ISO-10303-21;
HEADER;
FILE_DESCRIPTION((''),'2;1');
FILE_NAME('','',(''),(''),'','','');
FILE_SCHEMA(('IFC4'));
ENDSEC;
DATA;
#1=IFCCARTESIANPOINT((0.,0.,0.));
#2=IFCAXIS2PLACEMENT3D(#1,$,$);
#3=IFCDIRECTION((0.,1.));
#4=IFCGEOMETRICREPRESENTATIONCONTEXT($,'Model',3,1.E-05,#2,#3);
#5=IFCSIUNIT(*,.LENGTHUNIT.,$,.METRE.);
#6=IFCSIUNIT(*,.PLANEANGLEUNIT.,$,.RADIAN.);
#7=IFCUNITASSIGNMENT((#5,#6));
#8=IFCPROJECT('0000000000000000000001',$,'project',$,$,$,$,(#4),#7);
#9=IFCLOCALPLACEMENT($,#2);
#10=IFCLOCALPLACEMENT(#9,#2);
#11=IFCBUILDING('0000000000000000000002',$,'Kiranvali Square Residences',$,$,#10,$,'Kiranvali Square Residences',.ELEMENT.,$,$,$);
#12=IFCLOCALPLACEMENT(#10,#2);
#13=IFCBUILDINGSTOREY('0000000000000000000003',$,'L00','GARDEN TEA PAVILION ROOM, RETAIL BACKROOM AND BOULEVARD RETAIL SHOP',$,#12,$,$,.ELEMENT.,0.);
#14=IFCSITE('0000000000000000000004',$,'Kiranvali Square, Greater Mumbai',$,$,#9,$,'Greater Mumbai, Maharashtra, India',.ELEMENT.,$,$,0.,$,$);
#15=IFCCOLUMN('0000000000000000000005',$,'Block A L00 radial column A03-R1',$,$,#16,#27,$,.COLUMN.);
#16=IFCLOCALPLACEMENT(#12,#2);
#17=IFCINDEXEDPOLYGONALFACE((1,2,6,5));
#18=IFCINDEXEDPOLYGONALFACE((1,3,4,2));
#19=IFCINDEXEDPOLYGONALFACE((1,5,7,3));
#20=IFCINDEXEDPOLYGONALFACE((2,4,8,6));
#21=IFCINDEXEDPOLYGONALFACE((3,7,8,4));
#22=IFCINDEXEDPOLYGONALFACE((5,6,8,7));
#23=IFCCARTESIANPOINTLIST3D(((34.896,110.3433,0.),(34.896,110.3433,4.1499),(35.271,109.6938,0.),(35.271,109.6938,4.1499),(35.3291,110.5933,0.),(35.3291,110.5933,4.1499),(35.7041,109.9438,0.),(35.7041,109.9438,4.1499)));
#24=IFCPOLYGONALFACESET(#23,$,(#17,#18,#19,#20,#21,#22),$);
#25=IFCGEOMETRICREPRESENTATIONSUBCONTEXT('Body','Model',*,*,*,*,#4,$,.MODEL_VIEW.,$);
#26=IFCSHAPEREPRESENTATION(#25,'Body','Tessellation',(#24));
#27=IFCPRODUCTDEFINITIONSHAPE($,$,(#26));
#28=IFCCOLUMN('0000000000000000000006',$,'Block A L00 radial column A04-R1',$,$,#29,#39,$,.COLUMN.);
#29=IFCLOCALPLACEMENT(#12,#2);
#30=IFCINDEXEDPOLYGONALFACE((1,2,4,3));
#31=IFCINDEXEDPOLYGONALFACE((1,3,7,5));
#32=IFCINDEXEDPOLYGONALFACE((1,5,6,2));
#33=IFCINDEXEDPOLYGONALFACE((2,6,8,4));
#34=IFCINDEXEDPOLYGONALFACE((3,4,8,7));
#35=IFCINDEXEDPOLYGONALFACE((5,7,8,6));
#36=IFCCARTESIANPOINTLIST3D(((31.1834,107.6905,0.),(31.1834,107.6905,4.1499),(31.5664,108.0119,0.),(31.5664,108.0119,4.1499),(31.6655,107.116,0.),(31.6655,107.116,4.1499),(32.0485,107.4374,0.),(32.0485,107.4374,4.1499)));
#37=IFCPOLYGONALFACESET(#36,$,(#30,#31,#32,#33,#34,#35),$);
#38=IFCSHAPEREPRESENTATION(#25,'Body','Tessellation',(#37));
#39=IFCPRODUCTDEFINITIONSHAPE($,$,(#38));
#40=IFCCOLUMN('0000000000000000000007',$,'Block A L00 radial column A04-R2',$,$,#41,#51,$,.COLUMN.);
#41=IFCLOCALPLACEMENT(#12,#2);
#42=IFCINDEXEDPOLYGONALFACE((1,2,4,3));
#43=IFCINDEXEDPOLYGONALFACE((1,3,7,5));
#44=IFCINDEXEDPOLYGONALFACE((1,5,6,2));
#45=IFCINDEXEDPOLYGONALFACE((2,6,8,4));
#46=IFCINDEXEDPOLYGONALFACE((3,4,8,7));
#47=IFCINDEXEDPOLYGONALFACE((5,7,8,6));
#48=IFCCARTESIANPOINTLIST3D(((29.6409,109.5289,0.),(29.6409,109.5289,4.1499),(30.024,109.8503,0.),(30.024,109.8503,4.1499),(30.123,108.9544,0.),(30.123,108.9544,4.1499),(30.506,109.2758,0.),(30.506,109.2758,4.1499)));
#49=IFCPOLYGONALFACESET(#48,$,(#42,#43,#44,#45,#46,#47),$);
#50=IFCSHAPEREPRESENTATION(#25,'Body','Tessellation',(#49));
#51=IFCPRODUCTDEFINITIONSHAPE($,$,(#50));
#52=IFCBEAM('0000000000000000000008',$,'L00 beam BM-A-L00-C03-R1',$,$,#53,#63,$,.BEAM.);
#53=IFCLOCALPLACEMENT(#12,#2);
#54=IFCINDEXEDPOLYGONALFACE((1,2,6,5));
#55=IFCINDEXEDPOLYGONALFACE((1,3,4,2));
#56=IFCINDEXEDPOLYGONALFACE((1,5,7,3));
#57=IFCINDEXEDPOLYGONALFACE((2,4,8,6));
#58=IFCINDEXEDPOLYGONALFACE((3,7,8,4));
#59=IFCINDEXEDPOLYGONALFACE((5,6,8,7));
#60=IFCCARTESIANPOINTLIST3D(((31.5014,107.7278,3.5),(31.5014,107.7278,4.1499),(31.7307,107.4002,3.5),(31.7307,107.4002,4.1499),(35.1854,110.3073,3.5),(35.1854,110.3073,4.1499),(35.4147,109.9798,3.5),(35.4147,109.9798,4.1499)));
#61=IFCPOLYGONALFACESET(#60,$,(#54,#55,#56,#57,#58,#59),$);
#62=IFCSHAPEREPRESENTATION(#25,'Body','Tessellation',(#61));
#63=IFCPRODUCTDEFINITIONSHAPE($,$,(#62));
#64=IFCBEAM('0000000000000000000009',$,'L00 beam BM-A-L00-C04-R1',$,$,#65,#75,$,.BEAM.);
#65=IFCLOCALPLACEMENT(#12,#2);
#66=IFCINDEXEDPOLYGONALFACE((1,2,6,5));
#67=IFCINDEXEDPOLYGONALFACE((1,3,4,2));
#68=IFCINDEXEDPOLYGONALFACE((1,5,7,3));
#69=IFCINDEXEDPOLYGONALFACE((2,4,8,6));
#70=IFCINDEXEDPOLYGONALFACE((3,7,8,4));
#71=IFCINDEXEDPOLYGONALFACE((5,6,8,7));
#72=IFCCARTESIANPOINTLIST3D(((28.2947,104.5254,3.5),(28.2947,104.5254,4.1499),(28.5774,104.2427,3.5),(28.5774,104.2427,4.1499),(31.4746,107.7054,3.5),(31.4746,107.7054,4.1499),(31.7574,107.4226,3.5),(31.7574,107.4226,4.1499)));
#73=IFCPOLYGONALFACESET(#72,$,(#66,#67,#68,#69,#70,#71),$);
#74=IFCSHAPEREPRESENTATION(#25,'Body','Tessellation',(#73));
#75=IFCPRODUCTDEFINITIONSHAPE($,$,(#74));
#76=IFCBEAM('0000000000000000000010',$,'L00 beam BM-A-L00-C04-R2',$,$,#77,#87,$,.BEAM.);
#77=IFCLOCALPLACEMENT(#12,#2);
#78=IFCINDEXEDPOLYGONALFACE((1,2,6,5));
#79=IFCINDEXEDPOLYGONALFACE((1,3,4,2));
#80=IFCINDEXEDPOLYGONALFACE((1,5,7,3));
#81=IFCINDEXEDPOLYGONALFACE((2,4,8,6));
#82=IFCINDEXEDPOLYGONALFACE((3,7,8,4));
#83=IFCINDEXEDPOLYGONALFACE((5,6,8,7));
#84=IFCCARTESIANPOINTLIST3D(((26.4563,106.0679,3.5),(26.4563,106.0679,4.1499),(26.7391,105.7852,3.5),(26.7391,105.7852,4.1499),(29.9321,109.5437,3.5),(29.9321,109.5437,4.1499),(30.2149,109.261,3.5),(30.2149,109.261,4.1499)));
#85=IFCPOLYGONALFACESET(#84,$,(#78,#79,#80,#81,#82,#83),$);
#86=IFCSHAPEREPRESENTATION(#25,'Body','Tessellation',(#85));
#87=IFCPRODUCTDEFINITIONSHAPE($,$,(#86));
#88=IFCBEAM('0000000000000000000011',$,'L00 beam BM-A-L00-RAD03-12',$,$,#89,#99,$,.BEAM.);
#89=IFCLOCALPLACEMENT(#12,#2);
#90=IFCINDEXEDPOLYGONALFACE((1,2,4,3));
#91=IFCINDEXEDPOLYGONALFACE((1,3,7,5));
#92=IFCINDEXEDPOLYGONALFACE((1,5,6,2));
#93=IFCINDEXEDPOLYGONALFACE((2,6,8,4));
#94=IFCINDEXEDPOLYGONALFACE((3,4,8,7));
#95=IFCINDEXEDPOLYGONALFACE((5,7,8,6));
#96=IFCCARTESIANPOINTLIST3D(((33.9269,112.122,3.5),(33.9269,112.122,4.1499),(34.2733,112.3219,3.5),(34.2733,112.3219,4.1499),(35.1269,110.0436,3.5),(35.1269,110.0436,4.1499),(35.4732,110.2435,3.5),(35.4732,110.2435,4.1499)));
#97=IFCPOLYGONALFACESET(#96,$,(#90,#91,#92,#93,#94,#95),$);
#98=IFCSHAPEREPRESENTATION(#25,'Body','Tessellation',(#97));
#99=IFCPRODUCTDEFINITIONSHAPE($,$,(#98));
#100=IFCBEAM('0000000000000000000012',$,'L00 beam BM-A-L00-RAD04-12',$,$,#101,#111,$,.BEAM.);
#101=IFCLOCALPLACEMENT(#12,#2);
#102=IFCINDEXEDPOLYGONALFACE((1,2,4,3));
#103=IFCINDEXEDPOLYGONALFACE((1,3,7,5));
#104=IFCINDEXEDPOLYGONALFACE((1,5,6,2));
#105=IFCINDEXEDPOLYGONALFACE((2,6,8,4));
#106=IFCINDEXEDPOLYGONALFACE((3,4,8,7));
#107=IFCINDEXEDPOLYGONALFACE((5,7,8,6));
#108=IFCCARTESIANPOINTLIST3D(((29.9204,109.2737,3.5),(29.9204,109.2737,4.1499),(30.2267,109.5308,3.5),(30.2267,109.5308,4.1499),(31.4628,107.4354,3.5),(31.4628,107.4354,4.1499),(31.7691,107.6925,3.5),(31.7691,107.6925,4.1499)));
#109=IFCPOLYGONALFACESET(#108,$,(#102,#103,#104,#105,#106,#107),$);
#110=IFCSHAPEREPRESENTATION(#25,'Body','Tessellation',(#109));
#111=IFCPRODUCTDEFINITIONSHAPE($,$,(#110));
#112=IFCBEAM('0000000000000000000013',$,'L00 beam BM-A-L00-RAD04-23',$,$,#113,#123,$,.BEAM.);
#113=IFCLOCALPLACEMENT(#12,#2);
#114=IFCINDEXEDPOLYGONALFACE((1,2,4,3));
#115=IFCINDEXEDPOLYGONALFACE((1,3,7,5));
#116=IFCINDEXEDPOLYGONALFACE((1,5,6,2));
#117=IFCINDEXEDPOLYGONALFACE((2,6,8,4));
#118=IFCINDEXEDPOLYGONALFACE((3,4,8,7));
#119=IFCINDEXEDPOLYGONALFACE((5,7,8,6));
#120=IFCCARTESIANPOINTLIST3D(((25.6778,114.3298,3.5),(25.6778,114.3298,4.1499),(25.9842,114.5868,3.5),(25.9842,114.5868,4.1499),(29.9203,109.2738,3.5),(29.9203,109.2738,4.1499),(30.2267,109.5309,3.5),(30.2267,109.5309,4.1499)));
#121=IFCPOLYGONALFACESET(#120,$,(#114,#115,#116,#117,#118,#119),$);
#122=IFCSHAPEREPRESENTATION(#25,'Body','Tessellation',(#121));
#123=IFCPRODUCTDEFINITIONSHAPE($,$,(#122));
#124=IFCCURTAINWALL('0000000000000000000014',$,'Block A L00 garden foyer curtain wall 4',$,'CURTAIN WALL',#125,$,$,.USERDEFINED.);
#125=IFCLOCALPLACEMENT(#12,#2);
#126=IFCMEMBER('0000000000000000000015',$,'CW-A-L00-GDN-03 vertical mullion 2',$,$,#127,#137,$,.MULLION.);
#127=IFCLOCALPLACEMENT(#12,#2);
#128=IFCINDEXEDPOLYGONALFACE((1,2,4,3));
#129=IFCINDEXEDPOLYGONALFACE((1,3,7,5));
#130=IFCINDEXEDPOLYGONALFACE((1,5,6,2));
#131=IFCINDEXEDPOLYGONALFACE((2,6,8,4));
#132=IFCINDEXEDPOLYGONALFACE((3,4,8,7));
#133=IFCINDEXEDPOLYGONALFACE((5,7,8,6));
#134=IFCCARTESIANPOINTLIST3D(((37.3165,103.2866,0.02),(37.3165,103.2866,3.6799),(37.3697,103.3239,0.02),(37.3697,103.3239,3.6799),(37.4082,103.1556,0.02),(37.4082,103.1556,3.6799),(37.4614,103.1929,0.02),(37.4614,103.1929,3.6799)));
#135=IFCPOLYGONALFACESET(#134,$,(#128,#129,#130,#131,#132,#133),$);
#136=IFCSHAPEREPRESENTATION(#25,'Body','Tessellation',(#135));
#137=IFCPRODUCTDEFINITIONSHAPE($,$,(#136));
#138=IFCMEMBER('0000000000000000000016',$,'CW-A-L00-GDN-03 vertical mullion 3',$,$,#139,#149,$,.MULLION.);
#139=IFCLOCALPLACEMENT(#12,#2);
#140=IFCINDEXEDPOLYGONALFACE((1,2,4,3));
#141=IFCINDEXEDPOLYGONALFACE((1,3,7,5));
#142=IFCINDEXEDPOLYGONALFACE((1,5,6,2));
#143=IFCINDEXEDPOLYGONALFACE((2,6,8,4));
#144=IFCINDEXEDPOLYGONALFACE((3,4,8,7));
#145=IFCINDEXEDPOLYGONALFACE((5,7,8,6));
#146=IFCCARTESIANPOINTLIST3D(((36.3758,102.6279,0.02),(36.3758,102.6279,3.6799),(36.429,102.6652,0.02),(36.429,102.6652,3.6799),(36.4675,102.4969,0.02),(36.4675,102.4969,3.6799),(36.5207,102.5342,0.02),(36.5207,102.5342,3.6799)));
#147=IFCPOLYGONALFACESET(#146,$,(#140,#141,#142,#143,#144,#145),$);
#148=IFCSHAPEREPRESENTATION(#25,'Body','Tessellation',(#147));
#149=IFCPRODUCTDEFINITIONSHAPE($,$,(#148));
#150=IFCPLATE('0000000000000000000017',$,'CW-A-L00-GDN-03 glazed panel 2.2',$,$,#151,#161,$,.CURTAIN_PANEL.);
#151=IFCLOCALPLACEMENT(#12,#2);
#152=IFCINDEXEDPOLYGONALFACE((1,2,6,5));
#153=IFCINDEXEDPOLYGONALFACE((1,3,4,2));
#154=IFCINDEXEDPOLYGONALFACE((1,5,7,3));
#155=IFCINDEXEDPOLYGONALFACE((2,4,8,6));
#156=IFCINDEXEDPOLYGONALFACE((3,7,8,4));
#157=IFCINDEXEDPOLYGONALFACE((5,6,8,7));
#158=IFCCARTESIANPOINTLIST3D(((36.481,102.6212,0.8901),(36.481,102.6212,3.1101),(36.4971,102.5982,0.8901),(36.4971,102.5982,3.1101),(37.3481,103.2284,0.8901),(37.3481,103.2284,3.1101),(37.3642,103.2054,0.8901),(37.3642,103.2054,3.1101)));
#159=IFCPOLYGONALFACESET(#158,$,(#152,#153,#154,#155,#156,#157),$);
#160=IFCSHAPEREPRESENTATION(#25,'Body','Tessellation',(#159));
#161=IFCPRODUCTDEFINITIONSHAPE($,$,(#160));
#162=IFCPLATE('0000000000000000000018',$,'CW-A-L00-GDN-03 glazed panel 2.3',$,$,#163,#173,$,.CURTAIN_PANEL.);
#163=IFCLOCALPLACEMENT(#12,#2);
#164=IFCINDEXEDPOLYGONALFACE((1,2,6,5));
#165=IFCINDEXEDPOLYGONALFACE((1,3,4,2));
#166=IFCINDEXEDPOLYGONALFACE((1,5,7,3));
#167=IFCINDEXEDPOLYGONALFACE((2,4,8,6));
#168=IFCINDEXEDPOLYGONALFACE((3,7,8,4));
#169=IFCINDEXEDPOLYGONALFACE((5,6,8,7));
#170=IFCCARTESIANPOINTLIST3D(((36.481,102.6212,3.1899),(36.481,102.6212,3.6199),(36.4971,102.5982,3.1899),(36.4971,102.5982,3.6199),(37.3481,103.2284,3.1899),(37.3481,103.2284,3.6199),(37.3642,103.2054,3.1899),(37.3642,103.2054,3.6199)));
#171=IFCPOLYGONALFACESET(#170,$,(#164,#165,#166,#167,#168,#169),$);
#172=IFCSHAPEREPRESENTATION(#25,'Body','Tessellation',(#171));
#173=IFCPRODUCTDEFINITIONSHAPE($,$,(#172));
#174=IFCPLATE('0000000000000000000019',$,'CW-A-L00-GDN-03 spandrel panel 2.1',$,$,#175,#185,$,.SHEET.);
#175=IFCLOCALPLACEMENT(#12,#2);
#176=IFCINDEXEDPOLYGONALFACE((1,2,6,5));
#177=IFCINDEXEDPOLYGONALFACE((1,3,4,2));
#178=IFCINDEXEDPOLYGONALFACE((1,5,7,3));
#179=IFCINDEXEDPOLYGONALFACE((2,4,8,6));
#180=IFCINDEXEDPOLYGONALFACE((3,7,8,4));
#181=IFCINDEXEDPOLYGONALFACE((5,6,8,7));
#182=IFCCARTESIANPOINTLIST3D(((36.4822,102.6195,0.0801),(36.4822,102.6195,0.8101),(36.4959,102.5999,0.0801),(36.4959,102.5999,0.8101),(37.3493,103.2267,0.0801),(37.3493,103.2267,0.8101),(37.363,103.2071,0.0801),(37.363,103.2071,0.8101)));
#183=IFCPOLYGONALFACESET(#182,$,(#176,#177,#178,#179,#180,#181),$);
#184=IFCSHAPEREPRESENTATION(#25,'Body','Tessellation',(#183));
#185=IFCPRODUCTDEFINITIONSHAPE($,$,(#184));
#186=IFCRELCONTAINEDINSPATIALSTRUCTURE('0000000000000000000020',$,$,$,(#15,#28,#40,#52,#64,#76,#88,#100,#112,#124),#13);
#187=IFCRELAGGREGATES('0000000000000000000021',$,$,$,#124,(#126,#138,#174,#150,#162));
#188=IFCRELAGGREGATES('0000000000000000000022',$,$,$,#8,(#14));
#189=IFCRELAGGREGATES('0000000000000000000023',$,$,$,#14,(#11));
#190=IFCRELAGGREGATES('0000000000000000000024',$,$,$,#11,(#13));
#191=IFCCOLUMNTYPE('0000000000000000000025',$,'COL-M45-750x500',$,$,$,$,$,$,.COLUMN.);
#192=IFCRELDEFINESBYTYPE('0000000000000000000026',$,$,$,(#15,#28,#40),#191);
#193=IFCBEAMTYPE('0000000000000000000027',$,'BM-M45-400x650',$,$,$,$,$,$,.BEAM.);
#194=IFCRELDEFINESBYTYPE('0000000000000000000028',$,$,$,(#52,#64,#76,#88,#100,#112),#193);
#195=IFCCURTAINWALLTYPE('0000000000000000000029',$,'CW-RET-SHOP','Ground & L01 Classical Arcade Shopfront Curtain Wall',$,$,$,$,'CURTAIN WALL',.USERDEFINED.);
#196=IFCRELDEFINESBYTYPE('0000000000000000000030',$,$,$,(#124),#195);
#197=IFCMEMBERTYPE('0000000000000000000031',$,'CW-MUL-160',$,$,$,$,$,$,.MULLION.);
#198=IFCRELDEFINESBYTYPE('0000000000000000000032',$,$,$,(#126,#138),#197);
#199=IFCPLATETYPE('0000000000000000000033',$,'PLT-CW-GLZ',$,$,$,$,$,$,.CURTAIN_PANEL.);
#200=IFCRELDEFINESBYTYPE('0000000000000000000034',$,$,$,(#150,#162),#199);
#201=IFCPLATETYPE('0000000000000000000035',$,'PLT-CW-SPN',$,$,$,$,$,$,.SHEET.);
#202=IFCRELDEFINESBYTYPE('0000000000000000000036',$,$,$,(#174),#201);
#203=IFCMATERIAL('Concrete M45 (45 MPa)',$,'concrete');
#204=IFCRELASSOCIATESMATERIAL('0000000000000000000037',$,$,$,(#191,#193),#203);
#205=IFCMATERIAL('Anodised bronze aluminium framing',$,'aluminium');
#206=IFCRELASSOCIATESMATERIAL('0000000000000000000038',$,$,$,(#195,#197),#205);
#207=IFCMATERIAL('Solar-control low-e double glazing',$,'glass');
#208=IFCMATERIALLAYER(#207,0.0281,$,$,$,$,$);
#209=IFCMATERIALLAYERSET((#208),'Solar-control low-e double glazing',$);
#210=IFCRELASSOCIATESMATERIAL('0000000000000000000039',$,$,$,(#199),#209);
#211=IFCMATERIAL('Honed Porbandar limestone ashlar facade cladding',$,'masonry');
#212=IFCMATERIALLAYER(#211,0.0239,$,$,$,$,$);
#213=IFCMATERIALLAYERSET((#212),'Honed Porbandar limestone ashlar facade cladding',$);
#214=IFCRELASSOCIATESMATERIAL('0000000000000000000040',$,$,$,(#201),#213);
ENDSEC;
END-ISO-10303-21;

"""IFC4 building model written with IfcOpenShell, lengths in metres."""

from ifc_helpers import new_model, si_unit, direction, frame, origin, origin_2d, place, context, subcontext, project, spatial, rectangle, extrude, material, layer, layer_set, material_profile, profile_set, type_object, element, aggregate, save


model = new_model("IFC4")

# Units and contexts
model_context = context("Model", 3, precision=1e-05, world=origin(), true_north=direction((0.0, 1.0)))
body_context = subcontext(model_context, "Body", "Model", "MODEL_VIEW")
ifc_project = project(units=[si_unit("LENGTHUNIT", "METRE"), si_unit("PLANEANGLEUNIT", "RADIAN")], contexts=[model_context])

# Site, building, storey
site_placement = place(None, origin())
site = spatial("IfcSite", under=ifc_project, at=site_placement, Name="Kiranvali Square, Greater Mumbai", LongName="Greater Mumbai, Maharashtra, India", CompositionType="ELEMENT", RefElevation=0.0)
building_placement = place(site_placement, origin())
building = spatial("IfcBuilding", under=site, at=building_placement, Name="Kiranvali Square Residences", LongName="Kiranvali Square Residences", CompositionType="ELEMENT")
storey_placement = place(building_placement, origin())
storey = spatial("IfcBuildingStorey", under=building, at=storey_placement, Name="L00", Description="GARDEN TEA PAVILION ROOM, RETAIL BACKROOM AND BOULEVARD RETAIL SHOP", CompositionType="ELEMENT", Elevation=0.0)

# Columns
ifc_material_1 = material(Name="Concrete M45 (45 MPa)", Category="concrete")
ifc_material_profile_1 = material_profile(ifc_material_1, rectangle(XDim=0.5, YDim=0.75, at=origin_2d()), Name="RC 750x500")
ifc_profile_set_1 = profile_set([ifc_material_profile_1], Name="Concrete M45 (45 MPa)")
column_type = type_object("IfcColumnType", Name="COL-M45-750x500", PredefinedType="COLUMN", material=ifc_profile_set_1)
for number, where, z_axis, x_axis, name in (
    (1, (35.3, 110.1436, 0.0), (0.0, 0.0, 1.0), (0.866025, 0.5, 0.0), "Block A L00 radial column A03-R1"),
    (2, (31.616, 107.564, 0.0), (0.0, 0.0, 1.0), (0.766044, 0.642788, 0.0), "Block A L00 radial column A04-R1"),
    (3, (30.0735, 109.4023, 0.0), (0.0, 0.0, 1.0), (0.766044, 0.642788, 0.0), "Block A L00 radial column A04-R2"),
):
    element("IfcColumn", number, at=place(storey_placement, frame(where, z_axis=z_axis, x_axis=x_axis)), inside=storey, type_object=column_type, Name=name, PredefinedType="COLUMN", context=body_context, shape_type="SweptSolid", body=[
        extrude(rectangle(XDim=0.5, YDim=0.75, at=origin_2d()), origin(), (0.0, 0.0, 1.0), 4.1499),
    ])

# Beams
ifc_material_profile_2 = material_profile(ifc_material_1, rectangle(XDim=0.3999, YDim=0.6499, at=origin_2d()), Name="RC 400x650")
ifc_profile_set_2 = profile_set([ifc_material_profile_2], Name="Concrete M45 (45 MPa)")
beam_type = type_object("IfcBeamType", Name="BM-M45-400x650", PredefinedType="BEAM", material=ifc_profile_set_2)
beam_1_placement = place(storey_placement, frame((35.3, 110.1436, 3.825), z_axis=(-0.819155, -0.573572, 0.0), x_axis=(0.573572, -0.819155, 0.0)))
element("IfcBeam", 4, at=beam_1_placement, inside=storey, type_object=beam_type, Name="L00 beam BM-A-L00-C03-R1", PredefinedType="BEAM", context=body_context, shape_type="SweptSolid", body=[
    extrude(rectangle(XDim=0.3999, YDim=0.6499, at=origin_2d()), origin(), (0.0, 0.0, 1.0), 4.4973),
])
beam_2_placement = place(storey_placement, frame((31.616, 107.564, 3.825), z_axis=(-0.707107, -0.707107, 0.0), x_axis=(0.707107, -0.707107, 0.0)))
element("IfcBeam", 5, at=beam_2_placement, inside=storey, type_object=beam_type, Name="L00 beam BM-A-L00-C04-R1", PredefinedType="BEAM", context=body_context, shape_type="SweptSolid", body=[
    extrude(rectangle(XDim=0.3999, YDim=0.6499, at=origin_2d()), origin(), (0.0, 0.0, 1.0), 4.4971),
])
beam_3_placement = place(storey_placement, frame((30.0735, 109.4023, 3.825), z_axis=(-0.707107, -0.707107, 0.0), x_axis=(0.707107, -0.707107, 0.0)))
element("IfcBeam", 6, at=beam_3_placement, inside=storey, type_object=beam_type, Name="L00 beam BM-A-L00-C04-R2", PredefinedType="BEAM", context=body_context, shape_type="SweptSolid", body=[
    extrude(rectangle(XDim=0.3999, YDim=0.6499, at=origin_2d()), origin(), (0.0, 0.0, 1.0), 4.9155),
])
beam_4_placement = place(storey_placement, frame((35.3, 110.1436, 3.825), z_axis=(-0.500001, 0.866025, 0.0), x_axis=(-0.866025, -0.500001, 0.0)))
element("IfcBeam", 7, at=beam_4_placement, inside=storey, type_object=beam_type, Name="L00 beam BM-A-L00-RAD03-12", PredefinedType="BEAM", context=body_context, shape_type="SweptSolid", body=[
    extrude(rectangle(XDim=0.3999, YDim=0.6499, at=origin_2d()), origin(), (0.0, 0.0, 1.0), 2.3999),
])
beam_5_placement = place(storey_placement, frame((31.616, 107.564, 3.825), z_axis=(-0.642763, 0.766065, 0.0), x_axis=(-0.766065, -0.642763, 0.0)))
element("IfcBeam", 8, at=beam_5_placement, inside=storey, type_object=beam_type, Name="L00 beam BM-A-L00-RAD04-12", PredefinedType="BEAM", context=body_context, shape_type="SweptSolid", body=[
    extrude(rectangle(XDim=0.3999, YDim=0.6499, at=origin_2d()), origin(), (0.0, 0.0, 1.0), 2.3997),
])
beam_6_placement = place(storey_placement, frame((30.0735, 109.4023, 3.825), z_axis=(-0.642789, 0.766043, 0.0), x_axis=(-0.766043, -0.642789, 0.0)))
element("IfcBeam", 9, at=beam_6_placement, inside=storey, type_object=beam_type, Name="L00 beam BM-A-L00-RAD04-23", PredefinedType="BEAM", context=body_context, shape_type="SweptSolid", body=[
    extrude(rectangle(XDim=0.3999, YDim=0.6499, at=origin_2d()), origin(), (0.0, 0.0, 1.0), 6.6001),
])

# Curtain wall, members, plates
ifc_material_2 = material(Name="Anodised bronze aluminium framing", Category="aluminium")
curtain_wall_type = type_object("IfcCurtainWallType", Name="CW-RET-SHOP", Description="Ground & L01 Classical Arcade Shopfront Curtain Wall", ElementType="CURTAIN WALL", PredefinedType="USERDEFINED", material=ifc_material_2)
curtain_wall_placement = place(storey_placement, origin())
curtain_wall = element("IfcCurtainWall", 10, at=curtain_wall_placement, inside=storey, type_object=curtain_wall_type, Name="Block A L00 garden foyer curtain wall 4", ObjectType="CURTAIN WALL", PredefinedType="USERDEFINED")
ifc_material_profile_3 = material_profile(ifc_material_2, rectangle(XDim=0.0649, YDim=0.1599, at=origin_2d()), Name="ALU 65x160")
ifc_profile_set_3 = profile_set([ifc_material_profile_3], Name="Anodised bronze aluminium framing")
member_type = type_object("IfcMemberType", Name="CW-MUL-160", PredefinedType="MULLION", material=ifc_profile_set_3)
member_1_placement = place(storey_placement, frame((37.3889, 103.2397, 0.02), z_axis=(0.0, 0.0, 1.0), x_axis=(-0.819152, -0.573576, 0.0)))
member_1 = element("IfcMember", 11, at=member_1_placement, type_object=member_type, Name="CW-A-L00-GDN-03 vertical mullion 2", PredefinedType="MULLION", context=body_context, shape_type="SweptSolid", body=[
    extrude(rectangle(XDim=0.0649, YDim=0.1599, at=origin_2d()), origin(), (0.0, 0.0, 1.0), 3.6599),
])
member_2_placement = place(storey_placement, frame((36.4482, 102.5811, 0.02), z_axis=(0.0, 0.0, 1.0), x_axis=(-0.819152, -0.573576, 0.0)))
member_2 = element("IfcMember", 12, at=member_2_placement, type_object=member_type, Name="CW-A-L00-GDN-03 vertical mullion 3", PredefinedType="MULLION", context=body_context, shape_type="SweptSolid", body=[
    extrude(rectangle(XDim=0.0649, YDim=0.1599, at=origin_2d()), origin(), (0.0, 0.0, 1.0), 3.6599),
])
ifc_material_3 = material(Name="Solar-control low-e double glazing", Category="glass")
ifc_layer_1 = layer(ifc_material_3, 0.0281)
ifc_layer_set_1 = layer_set([ifc_layer_1], Name="Solar-control low-e double glazing")
plate_type_1 = type_object("IfcPlateType", Name="PLT-CW-GLZ", PredefinedType="CURTAIN_PANEL", material=ifc_layer_set_1)
plate_1_placement = place(storey_placement, frame((36.9226, 102.9133, 0.8901), z_axis=(0.0, 0.0, 1.0), x_axis=(-0.819152, -0.573576, 0.0)))
plate_1 = element("IfcPlate", 13, at=plate_1_placement, type_object=plate_type_1, Name="CW-A-L00-GDN-03 glazed panel 2.2", PredefinedType="CURTAIN_PANEL", context=body_context, shape_type="SweptSolid", body=[
    extrude(rectangle(XDim=1.0586, YDim=0.0281, at=origin_2d()), origin(), (0.0, 0.0, 1.0), 2.22),
])
plate_2_placement = place(storey_placement, frame((36.9226, 102.9133, 3.1899), z_axis=(0.0, 0.0, 1.0), x_axis=(-0.819152, -0.573576, 0.0)))
plate_2 = element("IfcPlate", 14, at=plate_2_placement, type_object=plate_type_1, Name="CW-A-L00-GDN-03 glazed panel 2.3", PredefinedType="CURTAIN_PANEL", context=body_context, shape_type="SweptSolid", body=[
    extrude(rectangle(XDim=1.0586, YDim=0.0281, at=origin_2d()), origin(), (0.0, 0.0, 1.0), 0.4299),
])
ifc_material_4 = material(Name="Honed Porbandar limestone ashlar facade cladding", Category="masonry")
ifc_layer_2 = layer(ifc_material_4, 0.0239)
ifc_layer_set_2 = layer_set([ifc_layer_2], Name="Honed Porbandar limestone ashlar facade cladding")
plate_type_2 = type_object("IfcPlateType", Name="PLT-CW-SPN", PredefinedType="SHEET", material=ifc_layer_set_2)
plate_3_placement = place(storey_placement, frame((36.9226, 102.9133, 0.0801), z_axis=(0.0, 0.0, 1.0), x_axis=(-0.819152, -0.573576, 0.0)))
plate_3 = element("IfcPlate", 15, at=plate_3_placement, type_object=plate_type_2, Name="CW-A-L00-GDN-03 spandrel panel 2.1", PredefinedType="SHEET", context=body_context, shape_type="SweptSolid", body=[
    extrude(rectangle(XDim=1.0586, YDim=0.0239, at=origin_2d()), origin(), (0.0, 0.0, 1.0), 0.73),
])
aggregate(curtain_wall, [member_1, member_2, plate_3, plate_1, plate_2])

save(model, "model.ifc")
